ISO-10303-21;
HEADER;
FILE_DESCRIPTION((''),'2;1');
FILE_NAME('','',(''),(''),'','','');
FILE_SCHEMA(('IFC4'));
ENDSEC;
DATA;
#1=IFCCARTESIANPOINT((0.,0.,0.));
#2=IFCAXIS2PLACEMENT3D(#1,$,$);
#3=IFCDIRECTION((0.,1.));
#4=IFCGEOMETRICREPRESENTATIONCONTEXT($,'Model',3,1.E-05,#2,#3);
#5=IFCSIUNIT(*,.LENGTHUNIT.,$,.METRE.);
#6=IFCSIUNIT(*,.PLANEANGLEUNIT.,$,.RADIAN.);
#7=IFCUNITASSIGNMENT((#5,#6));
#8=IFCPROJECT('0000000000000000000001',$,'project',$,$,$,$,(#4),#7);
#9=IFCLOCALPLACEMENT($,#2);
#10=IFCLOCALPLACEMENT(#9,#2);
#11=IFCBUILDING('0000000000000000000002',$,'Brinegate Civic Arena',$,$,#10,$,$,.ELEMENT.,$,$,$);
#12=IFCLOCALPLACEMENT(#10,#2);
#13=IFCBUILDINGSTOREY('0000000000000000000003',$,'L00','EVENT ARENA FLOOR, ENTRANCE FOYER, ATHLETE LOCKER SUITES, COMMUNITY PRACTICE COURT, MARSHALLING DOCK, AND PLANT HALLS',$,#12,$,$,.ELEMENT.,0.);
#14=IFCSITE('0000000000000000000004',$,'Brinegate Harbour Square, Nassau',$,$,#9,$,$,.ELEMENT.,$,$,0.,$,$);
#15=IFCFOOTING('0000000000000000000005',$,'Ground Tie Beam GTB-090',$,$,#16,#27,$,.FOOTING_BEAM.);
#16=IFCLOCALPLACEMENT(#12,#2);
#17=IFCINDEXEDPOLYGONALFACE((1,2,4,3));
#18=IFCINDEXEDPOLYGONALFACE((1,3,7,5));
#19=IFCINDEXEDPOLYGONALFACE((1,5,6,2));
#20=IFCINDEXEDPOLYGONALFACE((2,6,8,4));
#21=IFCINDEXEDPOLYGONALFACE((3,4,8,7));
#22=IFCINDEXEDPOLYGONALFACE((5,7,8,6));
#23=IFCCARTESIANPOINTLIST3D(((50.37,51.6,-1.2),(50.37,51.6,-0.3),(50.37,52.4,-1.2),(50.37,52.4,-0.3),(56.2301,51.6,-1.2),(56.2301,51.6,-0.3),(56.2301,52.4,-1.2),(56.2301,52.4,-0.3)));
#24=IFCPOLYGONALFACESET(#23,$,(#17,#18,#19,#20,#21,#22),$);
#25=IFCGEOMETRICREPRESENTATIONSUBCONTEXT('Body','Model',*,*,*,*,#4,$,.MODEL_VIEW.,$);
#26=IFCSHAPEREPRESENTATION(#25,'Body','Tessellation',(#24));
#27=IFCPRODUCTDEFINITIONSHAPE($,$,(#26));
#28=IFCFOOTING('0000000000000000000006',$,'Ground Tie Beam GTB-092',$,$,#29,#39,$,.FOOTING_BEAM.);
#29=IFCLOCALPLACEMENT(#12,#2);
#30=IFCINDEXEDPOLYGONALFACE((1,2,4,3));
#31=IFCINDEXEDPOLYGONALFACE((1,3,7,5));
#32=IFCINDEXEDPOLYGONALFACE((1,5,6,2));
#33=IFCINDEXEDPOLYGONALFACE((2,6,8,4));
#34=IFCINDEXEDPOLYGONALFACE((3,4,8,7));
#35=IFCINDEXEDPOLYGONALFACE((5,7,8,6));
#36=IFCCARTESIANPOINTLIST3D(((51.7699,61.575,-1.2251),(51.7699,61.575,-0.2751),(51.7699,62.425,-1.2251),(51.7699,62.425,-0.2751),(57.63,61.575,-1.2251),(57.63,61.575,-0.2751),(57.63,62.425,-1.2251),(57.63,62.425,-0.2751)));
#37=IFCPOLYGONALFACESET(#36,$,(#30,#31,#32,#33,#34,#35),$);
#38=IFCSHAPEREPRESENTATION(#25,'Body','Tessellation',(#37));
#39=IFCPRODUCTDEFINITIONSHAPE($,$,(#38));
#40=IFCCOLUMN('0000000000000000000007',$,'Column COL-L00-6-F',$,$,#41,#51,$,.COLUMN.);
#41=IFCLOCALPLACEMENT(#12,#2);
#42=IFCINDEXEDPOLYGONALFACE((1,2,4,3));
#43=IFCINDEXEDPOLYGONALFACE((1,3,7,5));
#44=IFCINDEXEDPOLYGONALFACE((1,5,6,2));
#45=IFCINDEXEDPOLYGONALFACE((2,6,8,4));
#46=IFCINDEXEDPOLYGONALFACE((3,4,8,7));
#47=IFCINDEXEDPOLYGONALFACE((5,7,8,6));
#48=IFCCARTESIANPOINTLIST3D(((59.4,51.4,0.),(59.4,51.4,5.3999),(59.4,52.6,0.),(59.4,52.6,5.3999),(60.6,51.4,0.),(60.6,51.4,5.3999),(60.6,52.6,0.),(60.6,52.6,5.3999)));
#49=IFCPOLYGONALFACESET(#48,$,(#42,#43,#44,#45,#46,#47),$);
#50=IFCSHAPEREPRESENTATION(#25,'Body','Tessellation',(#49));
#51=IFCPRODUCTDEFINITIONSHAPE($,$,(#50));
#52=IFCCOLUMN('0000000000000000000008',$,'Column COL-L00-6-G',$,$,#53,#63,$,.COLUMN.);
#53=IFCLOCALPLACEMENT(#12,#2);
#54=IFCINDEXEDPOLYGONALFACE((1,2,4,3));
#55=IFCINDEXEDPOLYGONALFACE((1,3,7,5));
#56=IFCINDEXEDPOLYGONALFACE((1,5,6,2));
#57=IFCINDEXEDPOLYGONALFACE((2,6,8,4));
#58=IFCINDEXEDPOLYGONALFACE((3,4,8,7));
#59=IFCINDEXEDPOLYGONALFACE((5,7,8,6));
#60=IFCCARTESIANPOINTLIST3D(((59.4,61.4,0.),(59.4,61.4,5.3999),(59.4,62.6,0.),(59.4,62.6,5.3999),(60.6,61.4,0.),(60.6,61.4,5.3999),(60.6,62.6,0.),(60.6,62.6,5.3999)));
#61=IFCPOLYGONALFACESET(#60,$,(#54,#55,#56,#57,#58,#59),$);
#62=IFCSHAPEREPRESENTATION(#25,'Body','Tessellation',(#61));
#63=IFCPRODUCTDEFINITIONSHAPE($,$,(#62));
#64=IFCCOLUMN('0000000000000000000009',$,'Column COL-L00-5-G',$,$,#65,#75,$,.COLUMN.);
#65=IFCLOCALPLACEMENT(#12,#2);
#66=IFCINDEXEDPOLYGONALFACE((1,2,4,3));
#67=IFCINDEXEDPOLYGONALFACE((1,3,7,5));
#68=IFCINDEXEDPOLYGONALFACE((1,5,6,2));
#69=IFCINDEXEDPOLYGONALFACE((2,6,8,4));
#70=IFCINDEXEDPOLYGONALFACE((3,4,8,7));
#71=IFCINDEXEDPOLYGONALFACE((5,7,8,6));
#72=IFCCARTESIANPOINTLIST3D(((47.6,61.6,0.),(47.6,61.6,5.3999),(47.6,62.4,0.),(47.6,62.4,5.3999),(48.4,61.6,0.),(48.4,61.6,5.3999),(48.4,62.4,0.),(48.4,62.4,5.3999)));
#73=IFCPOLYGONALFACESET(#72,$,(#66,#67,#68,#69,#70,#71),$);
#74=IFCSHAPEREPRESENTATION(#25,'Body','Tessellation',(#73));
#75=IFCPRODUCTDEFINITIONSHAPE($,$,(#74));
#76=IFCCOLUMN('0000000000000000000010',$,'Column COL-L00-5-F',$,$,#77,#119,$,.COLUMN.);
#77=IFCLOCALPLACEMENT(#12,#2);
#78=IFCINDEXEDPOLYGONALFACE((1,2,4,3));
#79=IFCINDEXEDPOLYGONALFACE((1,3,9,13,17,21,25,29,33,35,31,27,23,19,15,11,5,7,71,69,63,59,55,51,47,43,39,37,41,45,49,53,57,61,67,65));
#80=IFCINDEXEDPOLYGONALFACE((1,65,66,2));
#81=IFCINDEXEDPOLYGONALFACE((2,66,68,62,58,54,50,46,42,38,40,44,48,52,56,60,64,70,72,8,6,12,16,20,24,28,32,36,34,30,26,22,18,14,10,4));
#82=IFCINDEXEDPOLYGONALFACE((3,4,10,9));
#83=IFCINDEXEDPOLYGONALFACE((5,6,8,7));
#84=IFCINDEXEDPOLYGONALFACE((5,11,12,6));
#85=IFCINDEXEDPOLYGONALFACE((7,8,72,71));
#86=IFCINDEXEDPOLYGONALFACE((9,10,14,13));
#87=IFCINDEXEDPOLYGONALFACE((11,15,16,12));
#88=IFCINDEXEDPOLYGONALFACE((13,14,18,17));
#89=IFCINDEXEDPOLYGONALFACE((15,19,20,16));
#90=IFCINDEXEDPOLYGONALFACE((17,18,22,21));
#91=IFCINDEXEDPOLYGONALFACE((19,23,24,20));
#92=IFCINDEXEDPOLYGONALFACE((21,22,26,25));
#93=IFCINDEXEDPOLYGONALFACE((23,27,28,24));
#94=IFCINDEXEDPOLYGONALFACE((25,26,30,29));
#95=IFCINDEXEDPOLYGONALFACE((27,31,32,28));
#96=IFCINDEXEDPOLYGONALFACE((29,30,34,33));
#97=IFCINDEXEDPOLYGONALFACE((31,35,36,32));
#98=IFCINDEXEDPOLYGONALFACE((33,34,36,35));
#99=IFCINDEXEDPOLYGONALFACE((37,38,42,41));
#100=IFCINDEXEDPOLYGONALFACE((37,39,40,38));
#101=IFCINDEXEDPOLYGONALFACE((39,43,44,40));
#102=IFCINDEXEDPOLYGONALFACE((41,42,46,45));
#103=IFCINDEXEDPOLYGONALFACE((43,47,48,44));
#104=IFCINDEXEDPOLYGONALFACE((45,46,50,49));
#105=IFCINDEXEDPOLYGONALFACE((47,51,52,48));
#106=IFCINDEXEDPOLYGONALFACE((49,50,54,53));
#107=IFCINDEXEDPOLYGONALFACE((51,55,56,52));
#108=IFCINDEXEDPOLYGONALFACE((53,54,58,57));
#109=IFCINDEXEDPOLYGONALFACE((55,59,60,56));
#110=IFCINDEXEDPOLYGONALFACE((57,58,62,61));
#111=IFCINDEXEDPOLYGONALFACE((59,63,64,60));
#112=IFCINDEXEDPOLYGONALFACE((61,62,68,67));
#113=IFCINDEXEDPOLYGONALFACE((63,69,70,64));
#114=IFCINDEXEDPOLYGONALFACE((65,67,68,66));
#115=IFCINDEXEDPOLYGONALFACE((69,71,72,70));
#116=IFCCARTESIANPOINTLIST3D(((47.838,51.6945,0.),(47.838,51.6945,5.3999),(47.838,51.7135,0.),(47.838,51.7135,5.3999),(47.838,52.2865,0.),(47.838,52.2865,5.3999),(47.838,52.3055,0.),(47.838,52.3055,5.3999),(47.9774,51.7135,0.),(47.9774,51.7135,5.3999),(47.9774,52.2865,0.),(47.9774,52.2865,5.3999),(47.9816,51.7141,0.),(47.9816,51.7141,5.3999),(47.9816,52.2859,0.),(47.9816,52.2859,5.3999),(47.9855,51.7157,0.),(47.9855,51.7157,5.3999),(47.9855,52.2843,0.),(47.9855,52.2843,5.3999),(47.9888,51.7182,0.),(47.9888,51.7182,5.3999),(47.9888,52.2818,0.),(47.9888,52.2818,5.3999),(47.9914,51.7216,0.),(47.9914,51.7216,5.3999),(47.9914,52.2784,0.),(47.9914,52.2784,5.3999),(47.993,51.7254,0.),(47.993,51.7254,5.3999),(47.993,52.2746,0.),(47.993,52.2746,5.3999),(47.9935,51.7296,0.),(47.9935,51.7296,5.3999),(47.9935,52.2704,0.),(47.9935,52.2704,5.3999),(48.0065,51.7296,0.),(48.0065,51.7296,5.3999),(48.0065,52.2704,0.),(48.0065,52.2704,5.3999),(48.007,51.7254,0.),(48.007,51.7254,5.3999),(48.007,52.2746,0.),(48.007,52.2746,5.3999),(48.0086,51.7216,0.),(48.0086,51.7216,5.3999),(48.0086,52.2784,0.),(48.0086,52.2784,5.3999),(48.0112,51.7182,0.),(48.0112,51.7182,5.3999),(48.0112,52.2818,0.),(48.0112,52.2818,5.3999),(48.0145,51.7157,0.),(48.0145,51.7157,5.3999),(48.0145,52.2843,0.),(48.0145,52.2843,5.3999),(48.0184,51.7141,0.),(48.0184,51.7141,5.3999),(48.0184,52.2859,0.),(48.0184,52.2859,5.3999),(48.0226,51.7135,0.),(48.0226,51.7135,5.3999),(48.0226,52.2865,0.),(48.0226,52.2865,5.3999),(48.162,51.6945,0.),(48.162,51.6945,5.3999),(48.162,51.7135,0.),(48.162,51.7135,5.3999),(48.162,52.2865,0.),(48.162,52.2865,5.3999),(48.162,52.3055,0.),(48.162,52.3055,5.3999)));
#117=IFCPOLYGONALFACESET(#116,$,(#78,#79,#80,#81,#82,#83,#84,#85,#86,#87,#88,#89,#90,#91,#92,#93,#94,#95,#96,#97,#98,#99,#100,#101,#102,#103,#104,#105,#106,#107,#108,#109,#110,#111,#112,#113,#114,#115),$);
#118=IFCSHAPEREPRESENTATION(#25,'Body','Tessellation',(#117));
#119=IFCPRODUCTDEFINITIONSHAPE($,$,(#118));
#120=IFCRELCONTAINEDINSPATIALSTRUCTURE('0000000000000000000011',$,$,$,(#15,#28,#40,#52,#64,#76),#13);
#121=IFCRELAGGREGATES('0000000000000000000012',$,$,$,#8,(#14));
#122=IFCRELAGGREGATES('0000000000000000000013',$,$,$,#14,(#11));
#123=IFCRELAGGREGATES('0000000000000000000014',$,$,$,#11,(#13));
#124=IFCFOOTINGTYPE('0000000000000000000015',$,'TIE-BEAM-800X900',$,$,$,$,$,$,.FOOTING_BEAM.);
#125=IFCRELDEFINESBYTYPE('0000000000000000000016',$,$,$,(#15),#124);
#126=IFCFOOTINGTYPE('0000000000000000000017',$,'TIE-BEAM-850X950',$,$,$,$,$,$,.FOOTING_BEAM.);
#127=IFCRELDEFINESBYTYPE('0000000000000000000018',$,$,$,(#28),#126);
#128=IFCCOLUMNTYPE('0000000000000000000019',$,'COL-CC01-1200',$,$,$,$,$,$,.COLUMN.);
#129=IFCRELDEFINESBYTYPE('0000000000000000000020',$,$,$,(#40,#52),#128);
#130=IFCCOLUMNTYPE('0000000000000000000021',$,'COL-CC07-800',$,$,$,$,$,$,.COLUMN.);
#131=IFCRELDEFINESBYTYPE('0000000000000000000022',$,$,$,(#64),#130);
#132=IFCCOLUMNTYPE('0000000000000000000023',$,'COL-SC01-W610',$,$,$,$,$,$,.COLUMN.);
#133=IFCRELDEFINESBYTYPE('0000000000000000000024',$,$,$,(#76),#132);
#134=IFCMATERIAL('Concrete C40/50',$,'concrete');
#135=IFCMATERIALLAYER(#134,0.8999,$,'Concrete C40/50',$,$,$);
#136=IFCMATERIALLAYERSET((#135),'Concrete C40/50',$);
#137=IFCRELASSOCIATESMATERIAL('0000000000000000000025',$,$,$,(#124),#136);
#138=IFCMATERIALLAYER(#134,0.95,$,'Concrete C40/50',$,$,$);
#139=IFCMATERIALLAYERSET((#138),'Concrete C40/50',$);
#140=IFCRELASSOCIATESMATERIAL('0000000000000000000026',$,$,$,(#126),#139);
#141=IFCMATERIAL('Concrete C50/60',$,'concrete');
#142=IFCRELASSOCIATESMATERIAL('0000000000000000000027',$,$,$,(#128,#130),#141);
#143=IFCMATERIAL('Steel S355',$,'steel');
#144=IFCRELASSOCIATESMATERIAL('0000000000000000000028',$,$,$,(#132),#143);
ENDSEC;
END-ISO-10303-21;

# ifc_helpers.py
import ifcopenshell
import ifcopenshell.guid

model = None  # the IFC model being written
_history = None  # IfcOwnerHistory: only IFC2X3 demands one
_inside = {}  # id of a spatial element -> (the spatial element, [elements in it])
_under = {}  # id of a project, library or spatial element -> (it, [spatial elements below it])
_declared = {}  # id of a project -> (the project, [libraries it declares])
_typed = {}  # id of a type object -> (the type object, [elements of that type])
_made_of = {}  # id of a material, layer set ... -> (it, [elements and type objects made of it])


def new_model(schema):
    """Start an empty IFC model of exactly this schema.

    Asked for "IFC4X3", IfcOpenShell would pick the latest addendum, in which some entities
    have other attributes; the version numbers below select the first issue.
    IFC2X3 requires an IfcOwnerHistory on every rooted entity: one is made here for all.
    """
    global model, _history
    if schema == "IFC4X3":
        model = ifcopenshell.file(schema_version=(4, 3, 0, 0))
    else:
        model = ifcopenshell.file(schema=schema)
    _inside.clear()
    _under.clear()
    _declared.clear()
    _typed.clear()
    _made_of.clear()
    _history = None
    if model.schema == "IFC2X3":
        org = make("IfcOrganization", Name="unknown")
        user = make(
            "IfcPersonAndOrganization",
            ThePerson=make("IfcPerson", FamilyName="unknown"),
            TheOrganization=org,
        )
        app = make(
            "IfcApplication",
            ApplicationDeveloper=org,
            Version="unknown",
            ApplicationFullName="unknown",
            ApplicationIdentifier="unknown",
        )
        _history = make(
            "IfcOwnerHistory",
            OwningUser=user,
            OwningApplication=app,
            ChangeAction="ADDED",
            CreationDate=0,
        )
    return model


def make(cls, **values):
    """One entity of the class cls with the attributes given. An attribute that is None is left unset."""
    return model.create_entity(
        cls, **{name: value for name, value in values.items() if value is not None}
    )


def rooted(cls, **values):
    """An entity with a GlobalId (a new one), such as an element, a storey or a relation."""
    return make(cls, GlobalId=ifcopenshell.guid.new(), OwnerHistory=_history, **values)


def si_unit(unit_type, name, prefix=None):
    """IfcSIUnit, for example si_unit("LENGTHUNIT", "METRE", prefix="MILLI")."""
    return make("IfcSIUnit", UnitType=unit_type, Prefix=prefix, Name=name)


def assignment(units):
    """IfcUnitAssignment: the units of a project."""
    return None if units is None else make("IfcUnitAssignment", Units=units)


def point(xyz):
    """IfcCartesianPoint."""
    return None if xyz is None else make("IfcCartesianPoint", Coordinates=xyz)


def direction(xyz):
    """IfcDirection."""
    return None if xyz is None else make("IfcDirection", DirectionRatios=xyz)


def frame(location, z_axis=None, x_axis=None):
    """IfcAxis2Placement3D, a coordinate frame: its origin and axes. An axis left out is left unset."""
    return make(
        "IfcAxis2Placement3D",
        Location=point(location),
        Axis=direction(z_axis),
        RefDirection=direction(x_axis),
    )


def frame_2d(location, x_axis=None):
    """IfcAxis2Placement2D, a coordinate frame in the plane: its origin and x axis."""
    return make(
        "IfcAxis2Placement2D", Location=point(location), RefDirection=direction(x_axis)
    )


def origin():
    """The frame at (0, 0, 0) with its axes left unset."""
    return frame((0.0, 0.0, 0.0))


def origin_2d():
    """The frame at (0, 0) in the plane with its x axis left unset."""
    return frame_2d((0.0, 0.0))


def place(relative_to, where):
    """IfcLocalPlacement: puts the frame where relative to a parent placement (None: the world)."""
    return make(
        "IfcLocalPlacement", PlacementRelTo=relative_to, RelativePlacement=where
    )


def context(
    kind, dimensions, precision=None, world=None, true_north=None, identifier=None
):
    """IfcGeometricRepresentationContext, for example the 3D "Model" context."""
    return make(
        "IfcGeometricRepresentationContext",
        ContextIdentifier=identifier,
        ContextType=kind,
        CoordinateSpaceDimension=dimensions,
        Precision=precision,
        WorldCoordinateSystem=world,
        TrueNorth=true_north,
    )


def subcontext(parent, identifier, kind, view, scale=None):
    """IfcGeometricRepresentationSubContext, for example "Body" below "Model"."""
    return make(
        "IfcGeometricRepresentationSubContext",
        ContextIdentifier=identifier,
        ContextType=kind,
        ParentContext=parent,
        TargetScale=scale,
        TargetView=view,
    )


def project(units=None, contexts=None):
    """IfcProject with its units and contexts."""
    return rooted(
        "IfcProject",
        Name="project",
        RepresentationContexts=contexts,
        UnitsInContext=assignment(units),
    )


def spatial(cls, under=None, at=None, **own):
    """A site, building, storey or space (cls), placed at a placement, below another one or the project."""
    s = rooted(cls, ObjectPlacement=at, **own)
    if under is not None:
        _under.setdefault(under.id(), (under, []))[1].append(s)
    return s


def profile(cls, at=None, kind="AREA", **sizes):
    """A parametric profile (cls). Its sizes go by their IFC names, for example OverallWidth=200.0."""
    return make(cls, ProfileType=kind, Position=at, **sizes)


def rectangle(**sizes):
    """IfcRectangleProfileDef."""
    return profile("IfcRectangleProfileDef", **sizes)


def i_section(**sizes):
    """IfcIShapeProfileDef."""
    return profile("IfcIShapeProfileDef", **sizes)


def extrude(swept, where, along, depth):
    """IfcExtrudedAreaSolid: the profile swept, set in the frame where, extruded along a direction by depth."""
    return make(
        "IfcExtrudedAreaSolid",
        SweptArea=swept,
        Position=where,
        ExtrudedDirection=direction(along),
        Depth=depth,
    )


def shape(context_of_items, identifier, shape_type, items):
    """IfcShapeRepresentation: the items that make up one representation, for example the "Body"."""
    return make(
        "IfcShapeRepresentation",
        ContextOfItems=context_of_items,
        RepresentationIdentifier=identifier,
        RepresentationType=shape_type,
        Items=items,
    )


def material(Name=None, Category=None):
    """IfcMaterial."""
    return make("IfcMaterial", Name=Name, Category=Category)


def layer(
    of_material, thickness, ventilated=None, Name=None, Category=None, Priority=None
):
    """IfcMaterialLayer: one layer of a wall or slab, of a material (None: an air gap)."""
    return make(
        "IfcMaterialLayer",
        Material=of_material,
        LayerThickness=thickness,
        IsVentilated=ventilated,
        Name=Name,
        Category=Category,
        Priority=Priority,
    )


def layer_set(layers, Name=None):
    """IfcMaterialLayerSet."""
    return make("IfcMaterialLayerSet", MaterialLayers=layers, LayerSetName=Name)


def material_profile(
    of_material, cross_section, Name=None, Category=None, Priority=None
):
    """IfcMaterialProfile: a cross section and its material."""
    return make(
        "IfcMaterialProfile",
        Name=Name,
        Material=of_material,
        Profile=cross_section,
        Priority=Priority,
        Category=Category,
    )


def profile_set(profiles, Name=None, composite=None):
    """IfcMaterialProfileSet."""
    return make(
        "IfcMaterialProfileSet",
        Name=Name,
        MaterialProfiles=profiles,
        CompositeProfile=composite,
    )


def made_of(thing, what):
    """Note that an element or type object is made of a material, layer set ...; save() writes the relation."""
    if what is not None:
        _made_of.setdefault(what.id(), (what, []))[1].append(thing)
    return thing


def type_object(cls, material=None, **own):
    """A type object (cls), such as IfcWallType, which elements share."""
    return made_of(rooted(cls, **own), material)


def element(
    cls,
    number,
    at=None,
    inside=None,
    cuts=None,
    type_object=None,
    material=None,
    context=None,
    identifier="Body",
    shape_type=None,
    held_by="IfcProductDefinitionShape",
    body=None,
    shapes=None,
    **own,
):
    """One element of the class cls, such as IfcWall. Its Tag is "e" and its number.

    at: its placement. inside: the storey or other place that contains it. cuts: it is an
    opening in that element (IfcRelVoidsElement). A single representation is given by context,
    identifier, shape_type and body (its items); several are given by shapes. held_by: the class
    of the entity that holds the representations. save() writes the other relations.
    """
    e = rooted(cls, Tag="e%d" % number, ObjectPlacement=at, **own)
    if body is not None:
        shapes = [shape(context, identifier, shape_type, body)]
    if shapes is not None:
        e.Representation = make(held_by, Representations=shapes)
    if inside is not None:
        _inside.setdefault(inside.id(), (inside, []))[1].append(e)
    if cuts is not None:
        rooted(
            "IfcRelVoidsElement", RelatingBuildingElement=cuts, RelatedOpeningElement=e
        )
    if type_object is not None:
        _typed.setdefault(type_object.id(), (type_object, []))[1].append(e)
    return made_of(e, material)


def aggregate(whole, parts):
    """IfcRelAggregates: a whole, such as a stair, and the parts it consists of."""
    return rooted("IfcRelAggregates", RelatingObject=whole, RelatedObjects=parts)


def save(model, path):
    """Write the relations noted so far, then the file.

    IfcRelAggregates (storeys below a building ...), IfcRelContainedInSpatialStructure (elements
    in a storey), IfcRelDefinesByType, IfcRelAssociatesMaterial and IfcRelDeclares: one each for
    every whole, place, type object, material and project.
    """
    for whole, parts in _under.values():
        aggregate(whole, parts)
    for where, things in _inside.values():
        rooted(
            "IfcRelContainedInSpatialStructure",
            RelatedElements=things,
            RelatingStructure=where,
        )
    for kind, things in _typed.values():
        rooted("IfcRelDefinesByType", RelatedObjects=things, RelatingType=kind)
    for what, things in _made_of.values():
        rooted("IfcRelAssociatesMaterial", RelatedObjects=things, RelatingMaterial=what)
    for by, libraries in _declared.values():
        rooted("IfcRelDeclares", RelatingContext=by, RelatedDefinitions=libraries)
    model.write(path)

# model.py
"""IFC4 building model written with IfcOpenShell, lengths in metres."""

from ifc_helpers import new_model, si_unit, direction, frame, origin, origin_2d, place, context, subcontext, project, spatial, rectangle, i_section, extrude, material, layer, layer_set, material_profile, profile_set, type_object, element, save


model = new_model("IFC4")

# Units and contexts
model_context = context("Model", 3, precision=1e-05, world=origin(), true_north=direction((0.0, 1.0)))
body_context = subcontext(model_context, "Body", "Model", "MODEL_VIEW")
ifc_project = project(units=[si_unit("LENGTHUNIT", "METRE"), si_unit("PLANEANGLEUNIT", "RADIAN")], contexts=[model_context])

# Site, building, storey
site_placement = place(None, origin())
site = spatial("IfcSite", under=ifc_project, at=site_placement, Name="Brinegate Harbour Square, Nassau", CompositionType="ELEMENT", RefElevation=0.0)
building_placement = place(site_placement, origin())
building = spatial("IfcBuilding", under=site, at=building_placement, Name="Brinegate Civic Arena", CompositionType="ELEMENT")
storey_placement = place(building_placement, origin())
storey = spatial("IfcBuildingStorey", under=building, at=storey_placement, Name="L00", Description="EVENT ARENA FLOOR, ENTRANCE FOYER, ATHLETE LOCKER SUITES, COMMUNITY PRACTICE COURT, MARSHALLING DOCK, AND PLANT HALLS", CompositionType="ELEMENT", Elevation=0.0)

# Shared definitions
ifc_material_1 = material(Name="Concrete C40/50", Category="concrete")

# Footings
ifc_layer_1 = layer(ifc_material_1, 0.8999, Name="Concrete C40/50")
ifc_layer_set_1 = layer_set([ifc_layer_1], Name="Concrete C40/50")
footing_type_1 = type_object("IfcFootingType", Name="TIE-BEAM-800X900", PredefinedType="FOOTING_BEAM", material=ifc_layer_set_1)
footing_1_placement = place(storey_placement, frame((53.3, 52.0, -1.2), z_axis=(0.0, 0.0, 1.0), x_axis=(1.0, 0.0, 0.0)))
element("IfcFooting", 1, at=footing_1_placement, inside=storey, type_object=footing_type_1, Name="Ground Tie Beam GTB-090", PredefinedType="FOOTING_BEAM", context=body_context, shape_type="SweptSolid", body=[
    extrude(rectangle(XDim=5.8601, YDim=0.8, at=origin_2d()), origin(), (0.0, 0.0, 1.0), 0.8999),
])
ifc_layer_2 = layer(ifc_material_1, 0.95, Name="Concrete C40/50")
ifc_layer_set_2 = layer_set([ifc_layer_2], Name="Concrete C40/50")
footing_type_2 = type_object("IfcFootingType", Name="TIE-BEAM-850X950", PredefinedType="FOOTING_BEAM", material=ifc_layer_set_2)
footing_2_placement = place(storey_placement, frame((54.7, 62.0, -1.2251), z_axis=(0.0, 0.0, 1.0), x_axis=(1.0, 0.0, 0.0)))
element("IfcFooting", 2, at=footing_2_placement, inside=storey, type_object=footing_type_2, Name="Ground Tie Beam GTB-092", PredefinedType="FOOTING_BEAM", context=body_context, shape_type="SweptSolid", body=[
    extrude(rectangle(XDim=5.8601, YDim=0.8501, at=origin_2d()), origin(), (0.0, 0.0, 1.0), 0.95),
])

# Columns
ifc_material_2 = material(Name="Concrete C50/60", Category="concrete")
ifc_material_profile_1 = material_profile(ifc_material_2, rectangle(XDim=1.2, YDim=1.2, at=origin_2d()), Name="RC1200X1200")
ifc_profile_set_1 = profile_set([ifc_material_profile_1], Name="Concrete C50/60")
column_type_1 = type_object("IfcColumnType", Name="COL-CC01-1200", PredefinedType="COLUMN", material=ifc_profile_set_1)
for number, where, z_axis, x_axis, name in (
    (3, (60.0, 52.0, 0.0), (0.0, 0.0, 1.0), (1.0, 0.0, 0.0), "Column COL-L00-6-F"),
    (4, (60.0, 62.0, 0.0), (0.0, 0.0, 1.0), (1.0, 0.0, 0.0), "Column COL-L00-6-G"),
):
    element("IfcColumn", number, at=place(storey_placement, frame(where, z_axis=z_axis, x_axis=x_axis)), inside=storey, type_object=column_type_1, Name=name, PredefinedType="COLUMN", context=body_context, shape_type="SweptSolid", body=[
        extrude(rectangle(XDim=1.2, YDim=1.2, at=origin_2d()), origin(), (0.0, 0.0, 1.0), 5.3999),
    ])
ifc_material_profile_2 = material_profile(ifc_material_2, rectangle(XDim=0.8, YDim=0.8, at=origin_2d()), Name="RC800X800")
ifc_profile_set_2 = profile_set([ifc_material_profile_2], Name="Concrete C50/60")
column_type_2 = type_object("IfcColumnType", Name="COL-CC07-800", PredefinedType="COLUMN", material=ifc_profile_set_2)
column_1_placement = place(storey_placement, frame((48.0, 62.0, 0.0), z_axis=(0.0, 0.0, 1.0), x_axis=(1.0, 0.0, 0.0)))
element("IfcColumn", 5, at=column_1_placement, inside=storey, type_object=column_type_2, Name="Column COL-L00-5-G", PredefinedType="COLUMN", context=body_context, shape_type="SweptSolid", body=[
    extrude(rectangle(XDim=0.8, YDim=0.8, at=origin_2d()), origin(), (0.0, 0.0, 1.0), 5.3999),
])
ifc_material_3 = material(Name="Steel S355", Category="steel")
ifc_material_profile_3 = material_profile(ifc_material_3, i_section(OverallWidth=0.324, OverallDepth=0.6111, WebThickness=0.0129, FlangeThickness=0.019, FilletRadius=0.0161, at=origin_2d()), Name="W610X155")
ifc_profile_set_3 = profile_set([ifc_material_profile_3], Name="Steel S355")
column_type_3 = type_object("IfcColumnType", Name="COL-SC01-W610", PredefinedType="COLUMN", material=ifc_profile_set_3)
column_2_placement = place(storey_placement, frame((48.0, 52.0, 0.0), z_axis=(0.0, 0.0, 1.0), x_axis=(1.0, 0.0, 0.0)))
element("IfcColumn", 6, at=column_2_placement, inside=storey, type_object=column_type_3, Name="Column COL-L00-5-F", PredefinedType="COLUMN", context=body_context, shape_type="SweptSolid", body=[
    extrude(i_section(OverallWidth=0.324, OverallDepth=0.6111, WebThickness=0.0129, FlangeThickness=0.019, FilletRadius=0.0161, at=origin_2d()), origin(), (0.0, 0.0, 1.0), 5.3999),
])

save(model, "model.ifc")
